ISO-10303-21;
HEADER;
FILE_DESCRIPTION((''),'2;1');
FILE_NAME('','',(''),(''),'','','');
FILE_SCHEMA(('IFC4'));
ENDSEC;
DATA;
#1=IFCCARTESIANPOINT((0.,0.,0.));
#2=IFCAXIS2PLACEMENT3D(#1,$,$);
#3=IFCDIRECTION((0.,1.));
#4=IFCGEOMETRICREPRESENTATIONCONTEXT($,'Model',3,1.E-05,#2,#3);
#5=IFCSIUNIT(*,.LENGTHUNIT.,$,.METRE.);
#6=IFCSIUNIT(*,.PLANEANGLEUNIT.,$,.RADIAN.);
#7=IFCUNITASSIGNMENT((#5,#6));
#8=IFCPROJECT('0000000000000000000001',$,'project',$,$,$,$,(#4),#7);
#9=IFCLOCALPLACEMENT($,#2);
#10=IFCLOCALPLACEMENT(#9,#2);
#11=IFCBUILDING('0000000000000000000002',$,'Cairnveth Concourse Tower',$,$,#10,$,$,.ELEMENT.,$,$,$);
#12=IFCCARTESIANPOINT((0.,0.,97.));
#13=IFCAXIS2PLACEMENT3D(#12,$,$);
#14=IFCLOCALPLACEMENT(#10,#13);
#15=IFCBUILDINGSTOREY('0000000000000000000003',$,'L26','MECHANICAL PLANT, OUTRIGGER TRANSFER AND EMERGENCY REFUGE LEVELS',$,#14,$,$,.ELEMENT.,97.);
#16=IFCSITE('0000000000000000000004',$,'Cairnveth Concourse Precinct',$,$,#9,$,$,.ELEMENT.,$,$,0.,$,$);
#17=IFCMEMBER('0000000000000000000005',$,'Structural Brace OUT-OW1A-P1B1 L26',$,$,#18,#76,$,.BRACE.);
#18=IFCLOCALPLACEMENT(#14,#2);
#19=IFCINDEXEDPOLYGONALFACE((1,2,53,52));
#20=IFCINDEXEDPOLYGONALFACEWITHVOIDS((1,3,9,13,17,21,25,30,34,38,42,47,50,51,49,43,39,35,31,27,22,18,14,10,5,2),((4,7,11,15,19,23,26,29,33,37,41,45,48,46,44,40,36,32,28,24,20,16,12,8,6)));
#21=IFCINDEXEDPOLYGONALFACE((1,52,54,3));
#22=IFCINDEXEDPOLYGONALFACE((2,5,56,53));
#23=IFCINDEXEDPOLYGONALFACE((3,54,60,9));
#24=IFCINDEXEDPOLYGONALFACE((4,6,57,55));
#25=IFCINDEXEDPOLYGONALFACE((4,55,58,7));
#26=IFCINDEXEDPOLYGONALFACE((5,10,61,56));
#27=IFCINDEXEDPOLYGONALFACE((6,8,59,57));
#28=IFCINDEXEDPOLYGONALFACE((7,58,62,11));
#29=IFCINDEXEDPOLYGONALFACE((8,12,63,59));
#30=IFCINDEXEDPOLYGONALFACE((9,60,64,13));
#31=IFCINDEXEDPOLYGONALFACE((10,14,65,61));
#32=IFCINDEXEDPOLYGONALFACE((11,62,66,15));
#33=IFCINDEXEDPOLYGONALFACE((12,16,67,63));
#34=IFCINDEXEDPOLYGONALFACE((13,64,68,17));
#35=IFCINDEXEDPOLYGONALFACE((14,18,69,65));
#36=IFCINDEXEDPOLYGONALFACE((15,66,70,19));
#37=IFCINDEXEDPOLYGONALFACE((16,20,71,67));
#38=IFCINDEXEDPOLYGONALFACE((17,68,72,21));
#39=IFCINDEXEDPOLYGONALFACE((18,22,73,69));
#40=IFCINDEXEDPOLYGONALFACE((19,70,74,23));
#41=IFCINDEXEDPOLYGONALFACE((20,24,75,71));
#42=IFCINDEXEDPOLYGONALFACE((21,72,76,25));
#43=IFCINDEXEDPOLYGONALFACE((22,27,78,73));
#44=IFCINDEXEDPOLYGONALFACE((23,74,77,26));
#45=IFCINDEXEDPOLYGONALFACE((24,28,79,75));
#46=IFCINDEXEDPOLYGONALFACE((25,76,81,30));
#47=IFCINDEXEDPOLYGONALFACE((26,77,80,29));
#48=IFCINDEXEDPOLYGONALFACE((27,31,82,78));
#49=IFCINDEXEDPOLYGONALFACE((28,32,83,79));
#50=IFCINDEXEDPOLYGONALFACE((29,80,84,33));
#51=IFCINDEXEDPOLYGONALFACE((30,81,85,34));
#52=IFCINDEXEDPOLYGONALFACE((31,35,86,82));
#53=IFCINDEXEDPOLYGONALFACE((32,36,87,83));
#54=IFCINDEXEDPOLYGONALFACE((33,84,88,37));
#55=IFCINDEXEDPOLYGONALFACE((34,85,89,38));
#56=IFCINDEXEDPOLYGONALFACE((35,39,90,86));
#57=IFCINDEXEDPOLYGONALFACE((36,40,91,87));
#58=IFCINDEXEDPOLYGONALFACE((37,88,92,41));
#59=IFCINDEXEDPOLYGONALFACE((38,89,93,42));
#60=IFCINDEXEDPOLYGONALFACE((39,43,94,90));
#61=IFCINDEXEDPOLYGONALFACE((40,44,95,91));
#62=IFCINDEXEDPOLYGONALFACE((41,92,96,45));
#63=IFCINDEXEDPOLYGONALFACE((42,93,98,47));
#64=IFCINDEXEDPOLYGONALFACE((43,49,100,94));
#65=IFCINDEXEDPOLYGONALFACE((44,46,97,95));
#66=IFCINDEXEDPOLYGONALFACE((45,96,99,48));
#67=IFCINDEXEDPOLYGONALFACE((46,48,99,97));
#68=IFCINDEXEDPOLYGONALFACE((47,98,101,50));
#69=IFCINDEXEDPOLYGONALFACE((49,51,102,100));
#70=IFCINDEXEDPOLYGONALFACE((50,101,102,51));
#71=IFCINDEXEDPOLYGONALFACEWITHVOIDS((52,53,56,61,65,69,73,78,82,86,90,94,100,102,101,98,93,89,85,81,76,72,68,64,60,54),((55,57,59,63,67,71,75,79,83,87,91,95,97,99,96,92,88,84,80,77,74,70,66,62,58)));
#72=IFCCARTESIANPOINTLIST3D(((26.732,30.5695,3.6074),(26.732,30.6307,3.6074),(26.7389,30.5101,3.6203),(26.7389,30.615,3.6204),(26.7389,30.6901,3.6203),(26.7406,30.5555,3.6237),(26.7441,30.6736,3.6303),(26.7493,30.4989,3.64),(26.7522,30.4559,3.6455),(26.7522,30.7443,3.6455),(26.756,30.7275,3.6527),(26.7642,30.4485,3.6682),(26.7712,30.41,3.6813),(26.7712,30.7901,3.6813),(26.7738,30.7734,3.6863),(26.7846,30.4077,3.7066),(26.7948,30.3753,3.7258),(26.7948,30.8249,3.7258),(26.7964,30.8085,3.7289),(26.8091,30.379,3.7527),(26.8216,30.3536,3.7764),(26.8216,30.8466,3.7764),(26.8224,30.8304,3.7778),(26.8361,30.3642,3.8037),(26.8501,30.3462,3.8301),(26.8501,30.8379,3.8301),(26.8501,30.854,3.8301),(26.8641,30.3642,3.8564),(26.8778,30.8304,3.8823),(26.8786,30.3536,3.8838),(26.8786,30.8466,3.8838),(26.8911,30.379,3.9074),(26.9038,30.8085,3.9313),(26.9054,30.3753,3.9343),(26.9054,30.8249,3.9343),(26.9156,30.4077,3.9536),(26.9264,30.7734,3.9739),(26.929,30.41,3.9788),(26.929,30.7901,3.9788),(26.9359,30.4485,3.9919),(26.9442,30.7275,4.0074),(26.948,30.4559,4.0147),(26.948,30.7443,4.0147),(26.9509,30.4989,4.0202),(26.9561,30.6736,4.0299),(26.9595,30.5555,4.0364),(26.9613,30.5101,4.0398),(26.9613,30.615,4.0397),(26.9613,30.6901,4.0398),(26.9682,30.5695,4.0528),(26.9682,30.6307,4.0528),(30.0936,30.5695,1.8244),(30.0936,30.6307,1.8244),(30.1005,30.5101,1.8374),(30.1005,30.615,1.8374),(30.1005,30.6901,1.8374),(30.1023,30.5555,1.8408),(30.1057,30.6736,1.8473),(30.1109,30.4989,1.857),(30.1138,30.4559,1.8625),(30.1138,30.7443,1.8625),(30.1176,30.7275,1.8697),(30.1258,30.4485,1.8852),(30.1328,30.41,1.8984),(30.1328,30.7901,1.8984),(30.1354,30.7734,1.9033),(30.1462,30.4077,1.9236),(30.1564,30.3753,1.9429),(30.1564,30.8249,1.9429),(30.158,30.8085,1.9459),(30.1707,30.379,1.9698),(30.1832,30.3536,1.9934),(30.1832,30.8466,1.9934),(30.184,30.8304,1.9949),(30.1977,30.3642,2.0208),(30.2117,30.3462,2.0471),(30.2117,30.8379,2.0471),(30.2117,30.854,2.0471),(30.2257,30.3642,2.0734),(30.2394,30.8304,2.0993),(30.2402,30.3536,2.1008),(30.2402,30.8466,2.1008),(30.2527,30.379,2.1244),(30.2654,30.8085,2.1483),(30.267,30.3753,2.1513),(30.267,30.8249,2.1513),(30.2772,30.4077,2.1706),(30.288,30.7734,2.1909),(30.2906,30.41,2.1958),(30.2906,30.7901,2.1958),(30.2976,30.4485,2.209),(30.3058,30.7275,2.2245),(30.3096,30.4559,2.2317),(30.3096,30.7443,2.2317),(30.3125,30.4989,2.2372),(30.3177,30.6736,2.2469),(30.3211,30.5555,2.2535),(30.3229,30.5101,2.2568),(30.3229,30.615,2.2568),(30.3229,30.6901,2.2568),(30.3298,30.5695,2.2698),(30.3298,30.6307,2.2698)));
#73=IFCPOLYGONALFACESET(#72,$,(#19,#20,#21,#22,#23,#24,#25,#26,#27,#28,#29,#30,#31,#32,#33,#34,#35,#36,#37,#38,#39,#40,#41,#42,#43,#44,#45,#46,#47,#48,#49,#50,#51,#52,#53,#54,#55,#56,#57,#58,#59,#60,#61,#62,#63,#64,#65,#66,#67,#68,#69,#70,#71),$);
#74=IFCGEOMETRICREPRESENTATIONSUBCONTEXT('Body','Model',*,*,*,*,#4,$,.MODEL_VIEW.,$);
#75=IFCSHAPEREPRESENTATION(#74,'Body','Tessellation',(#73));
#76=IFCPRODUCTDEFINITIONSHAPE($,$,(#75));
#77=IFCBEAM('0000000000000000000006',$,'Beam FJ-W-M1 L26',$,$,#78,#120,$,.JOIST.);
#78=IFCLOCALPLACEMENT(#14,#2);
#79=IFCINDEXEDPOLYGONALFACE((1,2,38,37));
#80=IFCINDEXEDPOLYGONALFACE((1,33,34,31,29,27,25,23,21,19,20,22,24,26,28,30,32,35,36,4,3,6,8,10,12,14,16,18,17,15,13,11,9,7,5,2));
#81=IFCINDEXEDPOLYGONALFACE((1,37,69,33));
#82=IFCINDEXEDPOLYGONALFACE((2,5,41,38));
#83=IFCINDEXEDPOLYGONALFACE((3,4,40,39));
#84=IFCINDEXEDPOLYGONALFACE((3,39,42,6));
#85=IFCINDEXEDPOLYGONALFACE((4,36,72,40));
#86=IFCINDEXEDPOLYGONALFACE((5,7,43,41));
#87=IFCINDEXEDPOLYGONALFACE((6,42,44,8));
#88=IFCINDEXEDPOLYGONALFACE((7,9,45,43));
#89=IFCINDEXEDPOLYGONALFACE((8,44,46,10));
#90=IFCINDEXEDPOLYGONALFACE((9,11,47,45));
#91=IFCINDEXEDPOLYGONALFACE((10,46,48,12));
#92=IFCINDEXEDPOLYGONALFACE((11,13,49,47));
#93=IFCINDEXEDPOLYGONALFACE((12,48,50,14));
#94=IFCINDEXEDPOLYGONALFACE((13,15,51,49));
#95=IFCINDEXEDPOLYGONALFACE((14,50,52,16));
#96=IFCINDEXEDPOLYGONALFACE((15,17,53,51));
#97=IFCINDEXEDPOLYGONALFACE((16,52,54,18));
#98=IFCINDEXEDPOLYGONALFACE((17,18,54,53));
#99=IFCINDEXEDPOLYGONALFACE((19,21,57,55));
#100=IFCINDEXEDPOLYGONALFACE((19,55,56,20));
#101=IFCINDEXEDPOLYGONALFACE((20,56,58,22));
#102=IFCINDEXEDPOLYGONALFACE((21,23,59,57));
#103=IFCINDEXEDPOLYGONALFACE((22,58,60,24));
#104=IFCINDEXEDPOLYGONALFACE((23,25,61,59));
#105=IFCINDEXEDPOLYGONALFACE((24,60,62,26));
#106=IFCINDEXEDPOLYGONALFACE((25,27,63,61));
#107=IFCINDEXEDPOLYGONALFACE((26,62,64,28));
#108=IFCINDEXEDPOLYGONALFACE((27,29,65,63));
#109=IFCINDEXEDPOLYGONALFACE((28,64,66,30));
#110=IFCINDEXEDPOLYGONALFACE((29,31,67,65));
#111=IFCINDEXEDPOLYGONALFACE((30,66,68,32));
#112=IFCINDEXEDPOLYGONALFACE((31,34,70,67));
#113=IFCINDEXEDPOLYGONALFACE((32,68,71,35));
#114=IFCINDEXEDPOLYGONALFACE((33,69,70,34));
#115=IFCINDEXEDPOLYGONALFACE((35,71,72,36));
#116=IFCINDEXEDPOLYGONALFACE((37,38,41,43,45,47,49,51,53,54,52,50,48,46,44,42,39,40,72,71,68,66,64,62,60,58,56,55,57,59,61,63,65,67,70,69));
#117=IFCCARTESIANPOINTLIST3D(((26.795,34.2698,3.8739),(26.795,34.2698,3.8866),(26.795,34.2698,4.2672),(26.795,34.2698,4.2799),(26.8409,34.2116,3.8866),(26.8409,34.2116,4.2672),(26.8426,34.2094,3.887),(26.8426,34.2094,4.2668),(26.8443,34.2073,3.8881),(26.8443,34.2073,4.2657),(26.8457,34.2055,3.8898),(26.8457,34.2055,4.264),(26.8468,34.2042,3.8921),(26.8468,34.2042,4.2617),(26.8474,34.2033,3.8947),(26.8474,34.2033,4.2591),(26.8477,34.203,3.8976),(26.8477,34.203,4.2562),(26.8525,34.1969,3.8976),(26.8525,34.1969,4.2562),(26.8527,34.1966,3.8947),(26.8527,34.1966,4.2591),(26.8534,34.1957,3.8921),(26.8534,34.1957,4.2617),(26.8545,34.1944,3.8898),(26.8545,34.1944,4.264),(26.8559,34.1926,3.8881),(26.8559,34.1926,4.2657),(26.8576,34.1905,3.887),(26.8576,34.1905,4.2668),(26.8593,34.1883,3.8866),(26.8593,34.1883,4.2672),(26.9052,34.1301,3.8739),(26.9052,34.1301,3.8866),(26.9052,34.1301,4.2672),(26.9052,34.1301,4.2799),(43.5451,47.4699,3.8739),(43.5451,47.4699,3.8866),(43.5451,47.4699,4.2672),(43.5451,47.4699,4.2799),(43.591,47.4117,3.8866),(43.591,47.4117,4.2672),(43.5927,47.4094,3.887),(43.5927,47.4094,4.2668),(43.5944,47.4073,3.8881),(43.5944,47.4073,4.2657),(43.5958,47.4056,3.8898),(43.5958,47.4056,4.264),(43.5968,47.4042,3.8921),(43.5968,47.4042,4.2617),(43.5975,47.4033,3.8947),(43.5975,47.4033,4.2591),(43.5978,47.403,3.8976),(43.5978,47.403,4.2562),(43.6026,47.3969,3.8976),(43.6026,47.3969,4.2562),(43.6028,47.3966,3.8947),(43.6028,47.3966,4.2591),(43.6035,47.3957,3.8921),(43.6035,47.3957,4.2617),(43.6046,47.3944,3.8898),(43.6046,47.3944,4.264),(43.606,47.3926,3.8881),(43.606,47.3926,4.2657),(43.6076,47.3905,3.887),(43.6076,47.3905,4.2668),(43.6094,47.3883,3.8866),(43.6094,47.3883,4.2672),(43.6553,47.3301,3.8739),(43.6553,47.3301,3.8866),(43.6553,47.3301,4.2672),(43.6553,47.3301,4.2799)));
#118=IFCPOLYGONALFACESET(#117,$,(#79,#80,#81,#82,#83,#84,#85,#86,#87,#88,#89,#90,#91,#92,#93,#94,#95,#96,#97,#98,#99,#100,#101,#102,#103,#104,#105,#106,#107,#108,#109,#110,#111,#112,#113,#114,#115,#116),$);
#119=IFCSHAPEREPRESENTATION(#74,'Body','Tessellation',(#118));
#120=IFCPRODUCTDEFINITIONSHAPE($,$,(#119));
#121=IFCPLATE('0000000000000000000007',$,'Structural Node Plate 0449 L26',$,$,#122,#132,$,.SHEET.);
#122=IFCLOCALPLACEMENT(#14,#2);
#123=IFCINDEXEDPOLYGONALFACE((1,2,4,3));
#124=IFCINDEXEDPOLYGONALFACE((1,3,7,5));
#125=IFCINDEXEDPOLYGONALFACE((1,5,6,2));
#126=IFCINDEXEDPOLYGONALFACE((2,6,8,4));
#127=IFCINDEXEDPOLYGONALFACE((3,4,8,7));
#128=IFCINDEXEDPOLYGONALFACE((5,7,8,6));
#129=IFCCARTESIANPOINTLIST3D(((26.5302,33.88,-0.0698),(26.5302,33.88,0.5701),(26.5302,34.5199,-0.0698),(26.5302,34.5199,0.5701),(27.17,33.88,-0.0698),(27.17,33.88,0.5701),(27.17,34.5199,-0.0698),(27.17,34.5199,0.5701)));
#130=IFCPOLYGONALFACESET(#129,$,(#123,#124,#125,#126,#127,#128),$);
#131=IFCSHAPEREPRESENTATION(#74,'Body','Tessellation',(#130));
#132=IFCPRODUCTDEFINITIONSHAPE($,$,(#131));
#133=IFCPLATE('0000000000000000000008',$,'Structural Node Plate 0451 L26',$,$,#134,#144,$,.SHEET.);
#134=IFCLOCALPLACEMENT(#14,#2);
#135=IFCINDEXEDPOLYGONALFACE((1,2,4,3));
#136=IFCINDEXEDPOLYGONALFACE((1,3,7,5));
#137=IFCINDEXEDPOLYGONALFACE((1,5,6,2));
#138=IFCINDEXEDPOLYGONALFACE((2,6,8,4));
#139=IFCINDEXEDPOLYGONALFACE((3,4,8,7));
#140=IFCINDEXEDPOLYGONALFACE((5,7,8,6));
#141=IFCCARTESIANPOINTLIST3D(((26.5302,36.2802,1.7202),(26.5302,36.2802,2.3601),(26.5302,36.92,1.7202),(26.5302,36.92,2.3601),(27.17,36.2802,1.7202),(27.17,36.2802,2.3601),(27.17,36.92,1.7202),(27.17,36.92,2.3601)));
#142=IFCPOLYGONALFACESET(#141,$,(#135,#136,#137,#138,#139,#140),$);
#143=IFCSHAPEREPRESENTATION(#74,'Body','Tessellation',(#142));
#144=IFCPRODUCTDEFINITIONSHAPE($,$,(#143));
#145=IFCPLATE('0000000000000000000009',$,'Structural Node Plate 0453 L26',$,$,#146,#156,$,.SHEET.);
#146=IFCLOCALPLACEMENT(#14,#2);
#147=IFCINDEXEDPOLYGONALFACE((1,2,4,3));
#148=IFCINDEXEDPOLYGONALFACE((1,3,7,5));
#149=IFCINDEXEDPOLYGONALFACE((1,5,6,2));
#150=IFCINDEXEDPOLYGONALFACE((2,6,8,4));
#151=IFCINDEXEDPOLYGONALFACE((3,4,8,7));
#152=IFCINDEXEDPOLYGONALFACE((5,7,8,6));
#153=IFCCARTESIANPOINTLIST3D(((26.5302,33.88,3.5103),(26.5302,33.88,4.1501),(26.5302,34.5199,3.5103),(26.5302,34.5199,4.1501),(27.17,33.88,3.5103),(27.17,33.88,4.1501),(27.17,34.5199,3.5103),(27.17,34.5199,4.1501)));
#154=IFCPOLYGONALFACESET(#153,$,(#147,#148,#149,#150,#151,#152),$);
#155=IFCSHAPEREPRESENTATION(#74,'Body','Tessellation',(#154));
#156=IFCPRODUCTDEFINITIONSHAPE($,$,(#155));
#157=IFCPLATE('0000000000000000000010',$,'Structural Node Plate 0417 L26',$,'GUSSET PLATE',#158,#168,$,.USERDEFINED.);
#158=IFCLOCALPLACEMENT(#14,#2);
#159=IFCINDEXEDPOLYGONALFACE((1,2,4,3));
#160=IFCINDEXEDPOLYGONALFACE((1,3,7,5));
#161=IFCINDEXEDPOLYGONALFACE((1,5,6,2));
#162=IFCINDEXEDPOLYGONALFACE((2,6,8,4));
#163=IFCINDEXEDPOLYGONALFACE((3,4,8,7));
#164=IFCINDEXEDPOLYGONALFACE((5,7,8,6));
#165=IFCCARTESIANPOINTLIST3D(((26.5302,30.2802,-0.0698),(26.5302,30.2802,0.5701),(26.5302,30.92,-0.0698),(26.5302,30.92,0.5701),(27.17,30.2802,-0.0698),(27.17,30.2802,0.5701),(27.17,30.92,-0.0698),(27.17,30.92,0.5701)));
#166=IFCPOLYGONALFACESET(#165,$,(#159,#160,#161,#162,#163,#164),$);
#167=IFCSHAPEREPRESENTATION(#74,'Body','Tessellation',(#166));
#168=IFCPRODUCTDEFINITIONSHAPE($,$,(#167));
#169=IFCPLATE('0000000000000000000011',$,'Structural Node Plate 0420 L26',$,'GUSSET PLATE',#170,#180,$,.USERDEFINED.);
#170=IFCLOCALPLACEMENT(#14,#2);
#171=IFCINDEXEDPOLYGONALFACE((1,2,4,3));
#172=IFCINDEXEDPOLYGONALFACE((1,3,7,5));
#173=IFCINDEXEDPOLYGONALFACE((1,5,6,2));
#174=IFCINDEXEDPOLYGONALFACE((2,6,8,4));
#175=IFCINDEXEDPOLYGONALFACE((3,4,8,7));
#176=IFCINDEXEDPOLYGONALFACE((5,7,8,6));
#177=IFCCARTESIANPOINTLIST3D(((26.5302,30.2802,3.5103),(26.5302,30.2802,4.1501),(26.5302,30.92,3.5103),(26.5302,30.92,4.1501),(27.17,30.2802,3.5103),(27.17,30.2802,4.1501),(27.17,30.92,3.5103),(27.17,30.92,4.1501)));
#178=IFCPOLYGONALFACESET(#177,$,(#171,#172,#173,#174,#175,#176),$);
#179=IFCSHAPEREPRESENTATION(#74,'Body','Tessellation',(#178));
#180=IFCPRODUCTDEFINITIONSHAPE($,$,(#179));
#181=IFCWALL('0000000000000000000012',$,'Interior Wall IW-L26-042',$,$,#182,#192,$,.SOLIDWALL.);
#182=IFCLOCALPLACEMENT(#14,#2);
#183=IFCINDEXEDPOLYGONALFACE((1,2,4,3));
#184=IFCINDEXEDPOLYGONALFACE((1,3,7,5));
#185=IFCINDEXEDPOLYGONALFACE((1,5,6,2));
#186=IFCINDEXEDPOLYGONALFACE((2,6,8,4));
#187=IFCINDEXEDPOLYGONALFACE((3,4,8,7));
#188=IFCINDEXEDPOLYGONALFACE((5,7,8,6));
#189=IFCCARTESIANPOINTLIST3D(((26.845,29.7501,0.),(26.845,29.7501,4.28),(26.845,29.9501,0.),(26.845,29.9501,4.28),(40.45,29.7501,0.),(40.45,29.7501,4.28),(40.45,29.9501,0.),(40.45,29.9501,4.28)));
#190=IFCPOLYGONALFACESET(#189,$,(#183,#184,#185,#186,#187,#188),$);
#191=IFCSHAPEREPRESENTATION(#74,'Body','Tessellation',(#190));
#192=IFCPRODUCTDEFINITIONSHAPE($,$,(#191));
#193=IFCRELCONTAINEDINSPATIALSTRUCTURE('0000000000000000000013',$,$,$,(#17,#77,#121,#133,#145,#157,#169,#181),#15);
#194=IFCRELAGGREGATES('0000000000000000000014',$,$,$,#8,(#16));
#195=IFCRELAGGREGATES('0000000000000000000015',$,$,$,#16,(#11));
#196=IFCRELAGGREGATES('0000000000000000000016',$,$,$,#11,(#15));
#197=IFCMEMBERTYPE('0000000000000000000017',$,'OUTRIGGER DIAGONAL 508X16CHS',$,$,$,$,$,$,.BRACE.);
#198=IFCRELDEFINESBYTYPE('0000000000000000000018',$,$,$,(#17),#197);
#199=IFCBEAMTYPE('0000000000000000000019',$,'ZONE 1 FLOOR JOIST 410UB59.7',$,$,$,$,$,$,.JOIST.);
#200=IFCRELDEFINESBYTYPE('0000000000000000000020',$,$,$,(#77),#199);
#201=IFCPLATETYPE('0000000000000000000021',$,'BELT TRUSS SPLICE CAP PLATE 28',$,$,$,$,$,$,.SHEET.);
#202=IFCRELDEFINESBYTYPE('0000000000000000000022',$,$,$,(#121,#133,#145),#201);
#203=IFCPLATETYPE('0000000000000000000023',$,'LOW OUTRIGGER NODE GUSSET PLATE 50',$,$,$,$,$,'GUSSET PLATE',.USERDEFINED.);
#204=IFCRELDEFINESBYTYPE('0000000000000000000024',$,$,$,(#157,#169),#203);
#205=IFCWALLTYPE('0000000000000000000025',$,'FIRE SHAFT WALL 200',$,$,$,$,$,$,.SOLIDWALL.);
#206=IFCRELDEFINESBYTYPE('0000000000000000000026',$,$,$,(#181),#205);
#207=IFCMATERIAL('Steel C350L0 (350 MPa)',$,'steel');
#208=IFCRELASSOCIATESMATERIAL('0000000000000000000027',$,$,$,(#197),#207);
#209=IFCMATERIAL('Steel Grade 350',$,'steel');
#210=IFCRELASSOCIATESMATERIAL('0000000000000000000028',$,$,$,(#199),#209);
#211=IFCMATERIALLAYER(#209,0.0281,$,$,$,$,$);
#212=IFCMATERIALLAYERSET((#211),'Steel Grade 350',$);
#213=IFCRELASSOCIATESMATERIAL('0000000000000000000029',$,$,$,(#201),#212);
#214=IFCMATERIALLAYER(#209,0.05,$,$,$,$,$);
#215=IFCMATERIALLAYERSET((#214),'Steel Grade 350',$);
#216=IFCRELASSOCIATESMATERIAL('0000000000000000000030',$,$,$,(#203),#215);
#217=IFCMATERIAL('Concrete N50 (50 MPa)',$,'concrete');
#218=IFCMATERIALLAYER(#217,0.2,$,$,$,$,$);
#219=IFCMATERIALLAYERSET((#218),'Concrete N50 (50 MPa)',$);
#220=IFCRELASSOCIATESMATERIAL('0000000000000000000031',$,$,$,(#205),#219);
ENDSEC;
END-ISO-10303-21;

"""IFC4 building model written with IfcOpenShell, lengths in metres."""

from ifc_helpers import new_model, si_unit, direction, frame, frame_2d, origin, origin_2d, place, context, subcontext, project, spatial, rectangle, hollow_circle, i_section, extrude, material, layer, layer_set, material_profile, profile_set, type_object, element, save


model = new_model("IFC4")

# Units and contexts
model_context = context("Model", 3, precision=1e-05, world=origin(), true_north=direction((0.0, 1.0)))
body_context = subcontext(model_context, "Body", "Model", "MODEL_VIEW")
ifc_project = project(units=[si_unit("LENGTHUNIT", "METRE"), si_unit("PLANEANGLEUNIT", "RADIAN")], contexts=[model_context])

# Site, building, storey
site_placement = place(None, origin())
site = spatial("IfcSite", under=ifc_project, at=site_placement, Name="Cairnveth Concourse Precinct", CompositionType="ELEMENT", RefElevation=0.0)
building_placement = place(site_placement, origin())
building = spatial("IfcBuilding", under=site, at=building_placement, Name="Cairnveth Concourse Tower", CompositionType="ELEMENT")
storey_placement = place(building_placement, frame((0.0, 0.0, 97.0)))
storey = spatial("IfcBuildingStorey", under=building, at=storey_placement, Name="L26", Description="MECHANICAL PLANT, OUTRIGGER TRANSFER AND EMERGENCY REFUGE LEVELS", CompositionType="ELEMENT", Elevation=97.0)

# Shared definitions
ifc_material_1 = material(Name="Steel C350L0 (350 MPa)", Category="steel")

# Member
ifc_material_profile_1 = material_profile(ifc_material_1, hollow_circle(Radius=0.2539, WallThickness=0.0161, at=origin_2d()), Name="508.0x16.0CHS")
ifc_profile_set_1 = profile_set([ifc_material_profile_1], Name="Steel C350L0 (350 MPa)")
member_type_1 = type_object("IfcMemberType", Name="OUTRIGGER DIAGONAL 508X16CHS", PredefinedType="BRACE", material=ifc_profile_set_1)
member_1_placement = place(storey_placement, frame((26.8501, 30.6001, 3.8301), z_axis=(0.883429, 0.0, -0.468566), x_axis=(0.0, 1.0, 0.0)))
element("IfcMember", 1, at=member_1_placement, inside=storey, type_object=member_type_1, Name="Structural Brace OUT-OW1A-P1B1 L26", PredefinedType="BRACE", context=body_context, shape_type="SweptSolid", body=[
    extrude(hollow_circle(Radius=0.2539, WallThickness=0.0161, at=origin_2d()), origin(), (0.0, 0.0, 1.0), 3.8052),
])

# Beam
ifc_material_2 = material(Name="Steel Grade 350", Category="steel")
ifc_material_profile_2 = material_profile(ifc_material_2, i_section(OverallWidth=0.178, OverallDepth=0.406, WebThickness=0.0078, FlangeThickness=0.0127, FilletRadius=0.011, at=origin_2d()), Name="410UB59.7")
ifc_profile_set_2 = profile_set([ifc_material_profile_2], Name="Steel Grade 350")
beam_type_1 = type_object("IfcBeamType", Name="ZONE 1 FLOOR JOIST 410UB59.7", PredefinedType="JOIST", material=ifc_profile_set_2)
beam_1_placement = place(storey_placement, frame((26.8501, 34.2, 4.0769), z_axis=(0.785424, 0.618958, 0.0), x_axis=(-0.618958, 0.785424, 0.0)))
element("IfcBeam", 2, at=beam_1_placement, inside=storey, type_object=beam_type_1, Name="Beam FJ-W-M1 L26", PredefinedType="JOIST", context=body_context, shape_type="SweptSolid", body=[
    extrude(i_section(OverallWidth=0.178, OverallDepth=0.406, WebThickness=0.0078, FlangeThickness=0.0127, FilletRadius=0.011, at=origin_2d()), origin(), (0.0, 0.0, 1.0), 21.3262),
])

# Plates
ifc_layer_1 = layer(ifc_material_2, 0.0281)
ifc_layer_set_1 = layer_set([ifc_layer_1], Name="Steel Grade 350")
plate_type_1 = type_object("IfcPlateType", Name="BELT TRUSS SPLICE CAP PLATE 28", PredefinedType="SHEET", material=ifc_layer_set_1)
for number, where, z_axis, x_axis, name in (
    (3, (26.8501, 34.2, -0.0698), (0.0, 0.0, 1.0), (1.0, 0.0, 0.0), "Structural Node Plate 0449 L26"),
    (4, (26.8501, 36.6001, 1.7202), (0.0, 0.0, 1.0), (1.0, 0.0, 0.0), "Structural Node Plate 0451 L26"),
    (5, (26.8501, 34.2, 3.5103), (0.0, 0.0, 1.0), (1.0, 0.0, 0.0), "Structural Node Plate 0453 L26"),
):
    element("IfcPlate", number, at=place(storey_placement, frame(where, z_axis=z_axis, x_axis=x_axis)), inside=storey, type_object=plate_type_1, Name=name, PredefinedType="SHEET", context=body_context, shape_type="SweptSolid", body=[
        extrude(rectangle(XDim=0.6399, YDim=0.6399, at=origin_2d()), origin(), (0.0, 0.0, 1.0), 0.6399),
    ])
ifc_layer_2 = layer(ifc_material_2, 0.05)
ifc_layer_set_2 = layer_set([ifc_layer_2], Name="Steel Grade 350")
plate_type_2 = type_object("IfcPlateType", Name="LOW OUTRIGGER NODE GUSSET PLATE 50", ElementType="GUSSET PLATE", PredefinedType="USERDEFINED", material=ifc_layer_set_2)
for number, where, z_axis, x_axis, name in (
    (6, (26.8501, 30.6001, -0.0698), (0.0, 0.0, 1.0), (1.0, 0.0, 0.0), "Structural Node Plate 0417 L26"),
    (7, (26.8501, 30.6001, 3.5103), (0.0, 0.0, 1.0), (1.0, 0.0, 0.0), "Structural Node Plate 0420 L26"),
):
    element("IfcPlate", number, at=place(storey_placement, frame(where, z_axis=z_axis, x_axis=x_axis)), inside=storey, type_object=plate_type_2, Name=name, ObjectType="GUSSET PLATE", PredefinedType="USERDEFINED", context=body_context, shape_type="SweptSolid", body=[
        extrude(rectangle(XDim=0.6399, YDim=0.6399, at=origin_2d()), origin(), (0.0, 0.0, 1.0), 0.6399),
    ])

# Wall
ifc_material_3 = material(Name="Concrete N50 (50 MPa)", Category="concrete")
ifc_layer_3 = layer(ifc_material_3, 0.2)
ifc_layer_set_3 = layer_set([ifc_layer_3], Name="Concrete N50 (50 MPa)")
wall_type = type_object("IfcWallType", Name="FIRE SHAFT WALL 200", PredefinedType="SOLIDWALL", material=ifc_layer_set_3)
wall_1_placement = place(storey_placement, frame((26.845, 29.8501, 0.0), z_axis=(0.0, 0.0, 1.0), x_axis=(1.0, 0.0, 0.0)))
element("IfcWall", 8, at=wall_1_placement, inside=storey, type_object=wall_type, Name="Interior Wall IW-L26-042", PredefinedType="SOLIDWALL", context=body_context, shape_type="SweptSolid", body=[
    extrude(rectangle(XDim=13.605, YDim=0.2, at=frame_2d((6.8025, 0.0))), origin(), (0.0, 0.0, 1.0), 4.28),
])

save(model, "model.ifc")
